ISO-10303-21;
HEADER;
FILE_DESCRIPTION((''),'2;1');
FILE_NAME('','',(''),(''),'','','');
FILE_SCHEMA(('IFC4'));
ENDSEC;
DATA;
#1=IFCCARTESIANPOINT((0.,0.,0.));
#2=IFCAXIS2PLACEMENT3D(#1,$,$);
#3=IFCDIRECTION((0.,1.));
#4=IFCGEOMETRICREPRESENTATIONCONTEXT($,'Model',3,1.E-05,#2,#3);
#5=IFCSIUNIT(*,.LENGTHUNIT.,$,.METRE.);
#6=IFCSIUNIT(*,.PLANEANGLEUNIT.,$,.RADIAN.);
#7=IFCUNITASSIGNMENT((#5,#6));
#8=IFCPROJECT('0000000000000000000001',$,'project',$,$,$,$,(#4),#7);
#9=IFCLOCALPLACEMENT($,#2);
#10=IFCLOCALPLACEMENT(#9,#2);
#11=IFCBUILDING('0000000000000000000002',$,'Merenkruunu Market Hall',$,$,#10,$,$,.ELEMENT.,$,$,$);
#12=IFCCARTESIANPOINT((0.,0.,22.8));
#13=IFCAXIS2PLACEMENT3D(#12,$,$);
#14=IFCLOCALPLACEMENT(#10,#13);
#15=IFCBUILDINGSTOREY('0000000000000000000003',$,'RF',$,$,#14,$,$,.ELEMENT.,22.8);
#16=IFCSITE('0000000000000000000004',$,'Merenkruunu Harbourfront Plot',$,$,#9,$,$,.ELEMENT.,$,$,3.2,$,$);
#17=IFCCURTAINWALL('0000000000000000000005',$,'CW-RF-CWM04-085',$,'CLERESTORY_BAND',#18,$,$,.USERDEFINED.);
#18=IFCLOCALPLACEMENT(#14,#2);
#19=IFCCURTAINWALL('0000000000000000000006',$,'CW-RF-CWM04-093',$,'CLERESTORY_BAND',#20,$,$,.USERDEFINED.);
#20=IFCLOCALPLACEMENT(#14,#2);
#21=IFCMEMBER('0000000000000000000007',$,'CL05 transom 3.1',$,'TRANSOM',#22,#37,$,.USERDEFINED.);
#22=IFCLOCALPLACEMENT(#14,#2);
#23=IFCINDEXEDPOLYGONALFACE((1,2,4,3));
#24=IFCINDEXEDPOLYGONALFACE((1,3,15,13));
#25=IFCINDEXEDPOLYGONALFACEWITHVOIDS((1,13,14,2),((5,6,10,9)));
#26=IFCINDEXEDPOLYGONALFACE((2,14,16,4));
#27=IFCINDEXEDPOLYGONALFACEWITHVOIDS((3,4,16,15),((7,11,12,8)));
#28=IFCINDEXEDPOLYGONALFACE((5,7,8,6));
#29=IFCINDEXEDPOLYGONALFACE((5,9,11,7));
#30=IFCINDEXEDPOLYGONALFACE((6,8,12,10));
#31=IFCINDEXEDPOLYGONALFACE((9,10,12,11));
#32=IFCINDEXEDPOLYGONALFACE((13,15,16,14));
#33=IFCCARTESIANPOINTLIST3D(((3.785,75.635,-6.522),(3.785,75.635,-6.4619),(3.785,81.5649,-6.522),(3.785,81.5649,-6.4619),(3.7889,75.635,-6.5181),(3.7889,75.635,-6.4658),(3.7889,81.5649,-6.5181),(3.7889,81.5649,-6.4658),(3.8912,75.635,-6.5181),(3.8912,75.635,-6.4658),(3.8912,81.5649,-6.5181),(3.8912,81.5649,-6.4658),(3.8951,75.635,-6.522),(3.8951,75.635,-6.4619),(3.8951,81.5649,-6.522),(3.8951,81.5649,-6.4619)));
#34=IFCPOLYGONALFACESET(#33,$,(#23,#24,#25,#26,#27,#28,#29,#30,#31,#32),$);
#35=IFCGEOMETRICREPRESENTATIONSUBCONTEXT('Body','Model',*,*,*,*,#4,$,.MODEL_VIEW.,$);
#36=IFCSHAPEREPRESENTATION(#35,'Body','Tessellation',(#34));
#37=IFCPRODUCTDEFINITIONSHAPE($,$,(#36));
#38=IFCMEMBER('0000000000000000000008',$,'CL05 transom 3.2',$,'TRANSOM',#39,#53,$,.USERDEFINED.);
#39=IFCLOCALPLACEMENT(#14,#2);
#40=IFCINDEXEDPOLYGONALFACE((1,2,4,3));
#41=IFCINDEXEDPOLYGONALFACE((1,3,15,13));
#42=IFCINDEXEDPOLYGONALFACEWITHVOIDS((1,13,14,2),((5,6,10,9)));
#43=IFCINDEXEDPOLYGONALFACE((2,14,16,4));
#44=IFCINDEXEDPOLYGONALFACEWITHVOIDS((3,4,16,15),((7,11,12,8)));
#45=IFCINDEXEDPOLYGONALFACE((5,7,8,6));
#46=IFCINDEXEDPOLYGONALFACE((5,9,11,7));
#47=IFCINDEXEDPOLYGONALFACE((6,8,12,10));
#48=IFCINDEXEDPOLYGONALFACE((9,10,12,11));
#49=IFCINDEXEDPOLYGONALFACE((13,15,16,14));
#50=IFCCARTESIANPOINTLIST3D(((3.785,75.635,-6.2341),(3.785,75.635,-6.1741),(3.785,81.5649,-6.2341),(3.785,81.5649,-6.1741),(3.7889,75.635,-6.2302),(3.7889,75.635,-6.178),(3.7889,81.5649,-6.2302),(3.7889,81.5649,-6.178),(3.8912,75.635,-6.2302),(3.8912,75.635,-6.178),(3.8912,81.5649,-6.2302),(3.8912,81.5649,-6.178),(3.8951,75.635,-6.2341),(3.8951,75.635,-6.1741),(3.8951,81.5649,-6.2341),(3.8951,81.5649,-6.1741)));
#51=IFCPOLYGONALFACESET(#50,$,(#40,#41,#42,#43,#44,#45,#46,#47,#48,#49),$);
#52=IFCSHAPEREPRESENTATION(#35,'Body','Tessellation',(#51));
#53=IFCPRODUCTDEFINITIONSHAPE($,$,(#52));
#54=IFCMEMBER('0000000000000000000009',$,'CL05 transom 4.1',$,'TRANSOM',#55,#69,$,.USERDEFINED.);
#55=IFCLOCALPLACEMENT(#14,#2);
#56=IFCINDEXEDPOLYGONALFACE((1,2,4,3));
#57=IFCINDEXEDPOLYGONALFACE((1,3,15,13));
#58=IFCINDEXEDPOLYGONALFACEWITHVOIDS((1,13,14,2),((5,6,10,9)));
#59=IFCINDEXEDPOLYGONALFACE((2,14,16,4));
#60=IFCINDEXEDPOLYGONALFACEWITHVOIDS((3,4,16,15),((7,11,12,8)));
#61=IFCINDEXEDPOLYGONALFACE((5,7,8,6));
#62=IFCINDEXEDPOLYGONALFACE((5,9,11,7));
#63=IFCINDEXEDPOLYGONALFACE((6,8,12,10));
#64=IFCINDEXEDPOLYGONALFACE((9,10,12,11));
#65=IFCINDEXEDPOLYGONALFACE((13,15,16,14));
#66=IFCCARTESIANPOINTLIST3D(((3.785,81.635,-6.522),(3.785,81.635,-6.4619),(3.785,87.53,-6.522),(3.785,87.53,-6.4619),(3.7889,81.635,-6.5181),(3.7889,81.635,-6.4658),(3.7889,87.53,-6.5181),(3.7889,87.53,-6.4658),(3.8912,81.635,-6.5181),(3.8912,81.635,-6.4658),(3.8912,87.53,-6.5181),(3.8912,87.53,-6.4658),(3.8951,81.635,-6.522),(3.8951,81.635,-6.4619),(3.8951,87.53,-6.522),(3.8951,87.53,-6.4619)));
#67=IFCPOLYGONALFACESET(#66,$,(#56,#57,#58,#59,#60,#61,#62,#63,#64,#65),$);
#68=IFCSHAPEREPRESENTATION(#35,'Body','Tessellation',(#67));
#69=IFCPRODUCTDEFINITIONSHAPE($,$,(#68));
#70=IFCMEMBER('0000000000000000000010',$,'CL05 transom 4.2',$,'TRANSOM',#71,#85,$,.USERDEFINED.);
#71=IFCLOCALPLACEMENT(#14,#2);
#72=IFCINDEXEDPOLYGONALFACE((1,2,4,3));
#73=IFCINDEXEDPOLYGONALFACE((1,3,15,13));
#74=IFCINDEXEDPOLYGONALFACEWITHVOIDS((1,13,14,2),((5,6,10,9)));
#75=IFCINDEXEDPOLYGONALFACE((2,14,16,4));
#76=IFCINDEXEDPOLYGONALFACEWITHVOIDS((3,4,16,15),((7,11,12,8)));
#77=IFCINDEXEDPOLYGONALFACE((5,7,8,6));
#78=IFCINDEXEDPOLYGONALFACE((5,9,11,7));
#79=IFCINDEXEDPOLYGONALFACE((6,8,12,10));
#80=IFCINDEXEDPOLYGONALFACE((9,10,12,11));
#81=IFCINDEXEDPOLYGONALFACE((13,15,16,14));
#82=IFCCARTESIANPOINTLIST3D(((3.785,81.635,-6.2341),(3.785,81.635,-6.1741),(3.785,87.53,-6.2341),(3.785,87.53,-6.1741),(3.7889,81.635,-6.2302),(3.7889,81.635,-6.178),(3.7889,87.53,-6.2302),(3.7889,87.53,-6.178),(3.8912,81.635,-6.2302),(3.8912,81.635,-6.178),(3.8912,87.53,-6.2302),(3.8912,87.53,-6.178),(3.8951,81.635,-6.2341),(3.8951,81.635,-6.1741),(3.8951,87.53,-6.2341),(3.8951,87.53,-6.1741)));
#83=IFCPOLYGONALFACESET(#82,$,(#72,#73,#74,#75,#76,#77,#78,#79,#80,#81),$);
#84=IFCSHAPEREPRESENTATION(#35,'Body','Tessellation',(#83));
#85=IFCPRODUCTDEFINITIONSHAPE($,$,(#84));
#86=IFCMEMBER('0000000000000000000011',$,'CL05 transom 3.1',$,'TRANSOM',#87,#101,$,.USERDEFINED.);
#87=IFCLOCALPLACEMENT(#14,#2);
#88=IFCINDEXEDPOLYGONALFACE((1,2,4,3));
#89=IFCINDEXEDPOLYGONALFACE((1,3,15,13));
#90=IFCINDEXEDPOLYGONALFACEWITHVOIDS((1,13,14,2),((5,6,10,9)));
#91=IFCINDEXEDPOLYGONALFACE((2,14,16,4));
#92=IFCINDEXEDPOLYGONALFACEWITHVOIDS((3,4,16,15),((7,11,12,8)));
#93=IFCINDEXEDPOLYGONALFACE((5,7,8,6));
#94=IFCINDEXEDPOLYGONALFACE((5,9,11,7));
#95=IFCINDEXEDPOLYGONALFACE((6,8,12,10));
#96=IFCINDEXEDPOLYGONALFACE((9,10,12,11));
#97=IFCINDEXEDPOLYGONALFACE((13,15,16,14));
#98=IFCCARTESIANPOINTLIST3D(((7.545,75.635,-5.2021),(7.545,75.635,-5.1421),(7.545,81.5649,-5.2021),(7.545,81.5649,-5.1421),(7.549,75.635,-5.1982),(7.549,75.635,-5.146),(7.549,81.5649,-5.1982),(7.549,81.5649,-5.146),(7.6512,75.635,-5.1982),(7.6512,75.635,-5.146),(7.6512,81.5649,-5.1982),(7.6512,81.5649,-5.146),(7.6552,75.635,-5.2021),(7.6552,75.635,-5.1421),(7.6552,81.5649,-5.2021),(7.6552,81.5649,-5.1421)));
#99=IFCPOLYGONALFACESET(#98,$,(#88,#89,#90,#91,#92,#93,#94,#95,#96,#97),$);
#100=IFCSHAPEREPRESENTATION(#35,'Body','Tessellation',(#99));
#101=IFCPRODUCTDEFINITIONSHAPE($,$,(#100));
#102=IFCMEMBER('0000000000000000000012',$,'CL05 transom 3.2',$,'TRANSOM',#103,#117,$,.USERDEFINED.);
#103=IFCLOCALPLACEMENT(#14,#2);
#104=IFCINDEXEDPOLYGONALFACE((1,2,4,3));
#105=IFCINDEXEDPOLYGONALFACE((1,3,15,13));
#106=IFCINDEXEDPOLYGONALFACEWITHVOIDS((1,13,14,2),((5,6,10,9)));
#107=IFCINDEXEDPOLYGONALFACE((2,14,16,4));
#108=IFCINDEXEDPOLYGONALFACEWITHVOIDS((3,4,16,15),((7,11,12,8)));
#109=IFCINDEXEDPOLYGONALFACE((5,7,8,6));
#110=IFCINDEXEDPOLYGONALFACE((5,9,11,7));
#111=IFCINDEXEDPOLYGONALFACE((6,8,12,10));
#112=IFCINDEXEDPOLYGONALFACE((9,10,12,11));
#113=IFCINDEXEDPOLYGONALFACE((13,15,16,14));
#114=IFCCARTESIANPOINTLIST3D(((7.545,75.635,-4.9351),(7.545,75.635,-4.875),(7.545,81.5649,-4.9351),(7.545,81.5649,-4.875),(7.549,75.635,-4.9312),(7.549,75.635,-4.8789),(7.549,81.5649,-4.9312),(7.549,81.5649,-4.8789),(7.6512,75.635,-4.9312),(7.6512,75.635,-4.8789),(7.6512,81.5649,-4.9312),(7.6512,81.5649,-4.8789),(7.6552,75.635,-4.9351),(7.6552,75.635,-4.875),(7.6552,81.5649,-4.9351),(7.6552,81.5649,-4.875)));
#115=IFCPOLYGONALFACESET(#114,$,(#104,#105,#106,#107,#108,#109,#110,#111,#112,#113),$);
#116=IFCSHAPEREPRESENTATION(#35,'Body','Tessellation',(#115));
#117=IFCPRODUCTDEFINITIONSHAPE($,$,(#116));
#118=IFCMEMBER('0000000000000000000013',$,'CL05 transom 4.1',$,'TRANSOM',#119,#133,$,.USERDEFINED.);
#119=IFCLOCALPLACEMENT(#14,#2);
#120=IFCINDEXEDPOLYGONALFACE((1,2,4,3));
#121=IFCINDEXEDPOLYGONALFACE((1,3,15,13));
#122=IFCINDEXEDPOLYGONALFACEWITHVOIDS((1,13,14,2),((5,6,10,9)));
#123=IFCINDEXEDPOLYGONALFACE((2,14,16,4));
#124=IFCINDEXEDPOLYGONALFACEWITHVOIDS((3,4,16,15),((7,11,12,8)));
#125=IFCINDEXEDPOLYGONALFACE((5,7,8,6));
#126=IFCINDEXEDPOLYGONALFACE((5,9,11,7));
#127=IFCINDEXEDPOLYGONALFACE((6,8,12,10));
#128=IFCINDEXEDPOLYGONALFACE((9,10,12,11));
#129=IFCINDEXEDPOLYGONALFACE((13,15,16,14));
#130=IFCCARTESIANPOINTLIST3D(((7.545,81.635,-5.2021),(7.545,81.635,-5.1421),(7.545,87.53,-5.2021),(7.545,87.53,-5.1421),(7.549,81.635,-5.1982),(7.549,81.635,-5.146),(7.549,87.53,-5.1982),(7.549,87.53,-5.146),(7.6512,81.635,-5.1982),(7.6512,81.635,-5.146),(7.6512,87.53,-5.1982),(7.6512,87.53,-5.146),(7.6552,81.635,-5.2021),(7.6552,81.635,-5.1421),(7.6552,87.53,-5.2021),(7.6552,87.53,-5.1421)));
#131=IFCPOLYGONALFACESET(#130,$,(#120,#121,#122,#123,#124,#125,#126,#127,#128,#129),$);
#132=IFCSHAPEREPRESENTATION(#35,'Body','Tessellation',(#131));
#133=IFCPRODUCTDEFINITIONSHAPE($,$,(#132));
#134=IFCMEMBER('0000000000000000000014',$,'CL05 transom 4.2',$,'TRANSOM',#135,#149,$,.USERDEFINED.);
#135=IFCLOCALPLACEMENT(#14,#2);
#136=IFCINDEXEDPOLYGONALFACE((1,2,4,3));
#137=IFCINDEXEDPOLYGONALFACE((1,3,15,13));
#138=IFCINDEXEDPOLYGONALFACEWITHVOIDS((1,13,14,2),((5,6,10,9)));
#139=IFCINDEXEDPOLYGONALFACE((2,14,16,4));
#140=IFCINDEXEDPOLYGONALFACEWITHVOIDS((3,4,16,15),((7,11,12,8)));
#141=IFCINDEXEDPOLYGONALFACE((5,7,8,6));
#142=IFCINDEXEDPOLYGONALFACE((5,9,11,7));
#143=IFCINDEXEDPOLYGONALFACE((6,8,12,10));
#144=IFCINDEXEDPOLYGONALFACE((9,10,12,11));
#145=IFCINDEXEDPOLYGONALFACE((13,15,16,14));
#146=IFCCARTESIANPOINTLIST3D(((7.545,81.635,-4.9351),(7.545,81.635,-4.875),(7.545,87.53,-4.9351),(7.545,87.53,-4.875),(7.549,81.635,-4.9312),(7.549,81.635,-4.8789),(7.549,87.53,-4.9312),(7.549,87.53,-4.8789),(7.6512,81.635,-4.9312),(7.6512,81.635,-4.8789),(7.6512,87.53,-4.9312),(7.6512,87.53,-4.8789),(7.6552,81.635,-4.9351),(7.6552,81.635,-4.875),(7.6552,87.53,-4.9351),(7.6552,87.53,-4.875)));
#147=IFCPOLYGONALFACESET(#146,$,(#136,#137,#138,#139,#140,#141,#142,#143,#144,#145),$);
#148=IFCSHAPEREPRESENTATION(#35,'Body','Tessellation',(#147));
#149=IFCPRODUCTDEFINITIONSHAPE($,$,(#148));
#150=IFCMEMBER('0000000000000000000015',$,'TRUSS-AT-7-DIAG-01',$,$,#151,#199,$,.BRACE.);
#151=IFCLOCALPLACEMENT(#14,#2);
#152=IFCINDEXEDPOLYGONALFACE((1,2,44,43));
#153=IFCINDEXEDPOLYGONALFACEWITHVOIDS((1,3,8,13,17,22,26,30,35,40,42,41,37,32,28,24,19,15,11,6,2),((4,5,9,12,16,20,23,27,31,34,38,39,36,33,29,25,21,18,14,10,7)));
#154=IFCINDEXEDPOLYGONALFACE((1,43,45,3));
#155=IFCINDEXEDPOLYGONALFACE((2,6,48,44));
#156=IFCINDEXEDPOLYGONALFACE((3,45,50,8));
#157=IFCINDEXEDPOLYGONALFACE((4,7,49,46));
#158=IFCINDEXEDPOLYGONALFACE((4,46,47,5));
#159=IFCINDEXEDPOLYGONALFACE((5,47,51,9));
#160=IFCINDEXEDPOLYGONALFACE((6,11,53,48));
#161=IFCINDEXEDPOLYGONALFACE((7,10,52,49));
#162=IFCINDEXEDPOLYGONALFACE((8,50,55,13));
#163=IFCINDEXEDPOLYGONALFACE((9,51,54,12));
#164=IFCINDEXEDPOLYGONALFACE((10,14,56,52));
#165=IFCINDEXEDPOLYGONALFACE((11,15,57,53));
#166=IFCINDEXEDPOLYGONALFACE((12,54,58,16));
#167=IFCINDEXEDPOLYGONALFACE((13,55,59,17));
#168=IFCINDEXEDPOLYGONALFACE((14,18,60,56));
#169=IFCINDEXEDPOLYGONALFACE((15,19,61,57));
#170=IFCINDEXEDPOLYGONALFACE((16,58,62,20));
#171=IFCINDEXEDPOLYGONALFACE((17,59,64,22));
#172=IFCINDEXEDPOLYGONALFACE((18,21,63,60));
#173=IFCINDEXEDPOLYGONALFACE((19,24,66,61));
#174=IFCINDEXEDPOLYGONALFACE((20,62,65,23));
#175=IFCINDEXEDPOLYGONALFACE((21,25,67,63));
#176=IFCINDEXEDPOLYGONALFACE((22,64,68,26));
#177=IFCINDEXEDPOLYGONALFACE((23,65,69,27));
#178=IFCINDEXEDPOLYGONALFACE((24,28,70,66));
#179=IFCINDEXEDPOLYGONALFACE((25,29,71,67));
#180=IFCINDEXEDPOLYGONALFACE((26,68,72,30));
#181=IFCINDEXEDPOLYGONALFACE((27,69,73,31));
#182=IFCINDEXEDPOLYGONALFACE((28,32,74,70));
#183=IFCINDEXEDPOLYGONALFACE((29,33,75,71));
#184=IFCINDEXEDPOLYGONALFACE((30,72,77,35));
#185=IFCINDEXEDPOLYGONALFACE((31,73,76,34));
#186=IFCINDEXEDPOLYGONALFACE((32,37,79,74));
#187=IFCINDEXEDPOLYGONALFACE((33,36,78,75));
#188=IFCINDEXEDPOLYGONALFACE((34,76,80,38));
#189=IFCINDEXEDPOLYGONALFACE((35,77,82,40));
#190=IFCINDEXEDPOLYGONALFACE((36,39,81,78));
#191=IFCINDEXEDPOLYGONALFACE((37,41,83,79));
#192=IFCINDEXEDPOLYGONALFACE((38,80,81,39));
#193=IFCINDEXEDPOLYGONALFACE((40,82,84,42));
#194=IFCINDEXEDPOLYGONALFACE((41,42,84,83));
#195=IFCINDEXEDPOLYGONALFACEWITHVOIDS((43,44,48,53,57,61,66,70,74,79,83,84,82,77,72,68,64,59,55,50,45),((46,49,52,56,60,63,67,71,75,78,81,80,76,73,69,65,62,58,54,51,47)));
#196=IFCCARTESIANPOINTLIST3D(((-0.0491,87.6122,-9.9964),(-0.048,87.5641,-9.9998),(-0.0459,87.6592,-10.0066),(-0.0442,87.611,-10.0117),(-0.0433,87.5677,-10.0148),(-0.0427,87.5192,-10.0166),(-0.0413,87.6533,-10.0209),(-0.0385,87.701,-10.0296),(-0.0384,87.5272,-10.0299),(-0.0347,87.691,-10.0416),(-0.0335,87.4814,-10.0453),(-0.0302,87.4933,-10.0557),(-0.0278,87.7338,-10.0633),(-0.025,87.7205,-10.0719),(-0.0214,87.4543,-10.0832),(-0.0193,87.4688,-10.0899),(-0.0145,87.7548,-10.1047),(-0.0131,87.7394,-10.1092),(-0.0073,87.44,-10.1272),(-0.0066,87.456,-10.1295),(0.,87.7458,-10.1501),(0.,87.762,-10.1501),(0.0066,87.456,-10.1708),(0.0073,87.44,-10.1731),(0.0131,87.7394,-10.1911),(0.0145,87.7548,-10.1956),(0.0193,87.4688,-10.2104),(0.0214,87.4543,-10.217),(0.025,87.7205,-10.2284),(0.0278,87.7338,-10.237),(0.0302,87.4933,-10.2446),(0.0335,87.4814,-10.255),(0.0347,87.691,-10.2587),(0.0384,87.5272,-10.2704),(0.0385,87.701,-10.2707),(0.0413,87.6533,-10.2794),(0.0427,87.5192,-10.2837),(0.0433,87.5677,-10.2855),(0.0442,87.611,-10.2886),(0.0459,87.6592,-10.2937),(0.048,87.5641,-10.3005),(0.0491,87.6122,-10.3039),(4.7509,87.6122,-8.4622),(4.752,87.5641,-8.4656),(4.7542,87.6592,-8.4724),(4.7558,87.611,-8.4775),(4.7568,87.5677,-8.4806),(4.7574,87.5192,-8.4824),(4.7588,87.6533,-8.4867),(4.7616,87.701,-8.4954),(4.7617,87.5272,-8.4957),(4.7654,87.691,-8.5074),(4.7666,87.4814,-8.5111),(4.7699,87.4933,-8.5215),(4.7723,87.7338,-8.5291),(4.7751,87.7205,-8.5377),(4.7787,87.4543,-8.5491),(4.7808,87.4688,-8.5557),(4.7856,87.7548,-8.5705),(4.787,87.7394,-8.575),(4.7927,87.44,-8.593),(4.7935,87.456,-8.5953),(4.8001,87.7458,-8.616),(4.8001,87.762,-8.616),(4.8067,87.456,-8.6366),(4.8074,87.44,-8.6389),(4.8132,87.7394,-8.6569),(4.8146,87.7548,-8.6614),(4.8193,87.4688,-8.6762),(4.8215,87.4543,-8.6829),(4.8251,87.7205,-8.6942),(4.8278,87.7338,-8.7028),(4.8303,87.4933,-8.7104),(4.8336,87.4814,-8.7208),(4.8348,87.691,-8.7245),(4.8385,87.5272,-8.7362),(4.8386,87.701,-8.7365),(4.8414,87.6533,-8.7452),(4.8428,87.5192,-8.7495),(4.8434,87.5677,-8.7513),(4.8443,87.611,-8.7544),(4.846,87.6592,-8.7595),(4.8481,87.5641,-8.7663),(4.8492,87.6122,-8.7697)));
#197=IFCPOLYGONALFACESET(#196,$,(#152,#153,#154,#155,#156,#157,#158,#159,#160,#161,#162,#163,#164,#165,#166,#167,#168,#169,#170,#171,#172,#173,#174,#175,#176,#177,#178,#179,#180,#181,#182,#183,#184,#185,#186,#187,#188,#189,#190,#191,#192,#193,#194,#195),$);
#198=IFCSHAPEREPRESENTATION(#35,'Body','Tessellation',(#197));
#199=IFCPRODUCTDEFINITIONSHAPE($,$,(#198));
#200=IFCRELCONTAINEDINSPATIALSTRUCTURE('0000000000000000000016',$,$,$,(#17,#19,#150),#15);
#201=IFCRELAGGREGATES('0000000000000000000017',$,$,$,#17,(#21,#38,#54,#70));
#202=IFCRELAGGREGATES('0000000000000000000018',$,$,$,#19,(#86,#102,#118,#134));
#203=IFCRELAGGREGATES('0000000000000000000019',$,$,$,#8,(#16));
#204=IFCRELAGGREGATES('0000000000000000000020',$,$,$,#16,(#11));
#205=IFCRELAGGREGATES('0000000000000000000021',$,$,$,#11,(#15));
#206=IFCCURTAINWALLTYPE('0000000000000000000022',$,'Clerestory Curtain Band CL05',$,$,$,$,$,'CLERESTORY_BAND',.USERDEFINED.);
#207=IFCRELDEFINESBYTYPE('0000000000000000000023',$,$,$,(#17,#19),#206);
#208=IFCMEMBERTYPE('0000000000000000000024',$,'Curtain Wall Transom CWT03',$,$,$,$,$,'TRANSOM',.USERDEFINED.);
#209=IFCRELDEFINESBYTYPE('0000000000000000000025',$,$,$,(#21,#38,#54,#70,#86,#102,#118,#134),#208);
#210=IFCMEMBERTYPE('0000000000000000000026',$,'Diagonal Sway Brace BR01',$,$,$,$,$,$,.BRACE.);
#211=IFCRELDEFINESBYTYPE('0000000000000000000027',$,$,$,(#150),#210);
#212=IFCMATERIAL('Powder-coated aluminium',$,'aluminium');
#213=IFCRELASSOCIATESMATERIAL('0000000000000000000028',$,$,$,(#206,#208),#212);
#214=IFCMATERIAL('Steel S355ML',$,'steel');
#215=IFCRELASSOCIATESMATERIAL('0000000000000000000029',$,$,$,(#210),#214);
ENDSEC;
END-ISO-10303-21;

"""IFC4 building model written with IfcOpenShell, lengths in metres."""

from ifc_helpers import new_model, si_unit, direction, frame, origin, origin_2d, place, context, subcontext, project, spatial, hollow_rectangle, hollow_circle, extrude, material, material_profile, profile_set, type_object, element, aggregate, save


model = new_model("IFC4")

# Units and contexts
model_context = context("Model", 3, precision=1e-05, world=origin(), true_north=direction((0.0, 1.0)))
body_context = subcontext(model_context, "Body", "Model", "MODEL_VIEW")
ifc_project = project(units=[si_unit("LENGTHUNIT", "METRE"), si_unit("PLANEANGLEUNIT", "RADIAN")], contexts=[model_context])

# Site, building, storey
site_placement = place(None, origin())
site = spatial("IfcSite", under=ifc_project, at=site_placement, Name="Merenkruunu Harbourfront Plot", CompositionType="ELEMENT", RefElevation=3.2)
building_placement = place(site_placement, origin())
building = spatial("IfcBuilding", under=site, at=building_placement, Name="Merenkruunu Market Hall", CompositionType="ELEMENT")
storey_placement = place(building_placement, frame((0.0, 0.0, 22.8)))
storey = spatial("IfcBuildingStorey", under=building, at=storey_placement, Name="RF", CompositionType="ELEMENT", Elevation=22.8)

# Shared definitions
ifc_material_1 = material(Name="Steel S355ML", Category="steel")

# Curtain walls
ifc_material_2 = material(Name="Powder-coated aluminium", Category="aluminium")
curtain_wall_type = type_object("IfcCurtainWallType", Name="Clerestory Curtain Band CL05", ElementType="CLERESTORY_BAND", PredefinedType="USERDEFINED", material=ifc_material_2)
curtain_wall_1_placement = place(storey_placement, origin())
curtain_wall_1 = element("IfcCurtainWall", 1, at=curtain_wall_1_placement, inside=storey, type_object=curtain_wall_type, Name="CW-RF-CWM04-085", ObjectType="CLERESTORY_BAND", PredefinedType="USERDEFINED")
curtain_wall_2_placement = place(storey_placement, origin())
curtain_wall_2 = element("IfcCurtainWall", 2, at=curtain_wall_2_placement, inside=storey, type_object=curtain_wall_type, Name="CW-RF-CWM04-093", ObjectType="CLERESTORY_BAND", PredefinedType="USERDEFINED")

# Members
ifc_material_profile_1 = material_profile(ifc_material_2, hollow_rectangle(XDim=0.0601, YDim=0.1101, WallThickness=0.0039, at=origin_2d()), Name="ALU 60x110x4")
ifc_profile_set_1 = profile_set([ifc_material_profile_1], Name="Powder-coated aluminium")
member_type_1 = type_object("IfcMemberType", Name="Curtain Wall Transom CWT03", ElementType="TRANSOM", PredefinedType="USERDEFINED", material=ifc_profile_set_1)
member_1_placement = place(storey_placement, frame((3.8401, 75.635, -6.4919), z_axis=(0.0, 1.0, 0.0), x_axis=(0.0, 0.0, 1.0)))
member_1 = element("IfcMember", 3, at=member_1_placement, type_object=member_type_1, Name="CL05 transom 3.1", ObjectType="TRANSOM", PredefinedType="USERDEFINED", context=body_context, shape_type="SweptSolid", body=[
    extrude(hollow_rectangle(XDim=0.0601, YDim=0.1101, WallThickness=0.0039, at=origin_2d()), origin(), (0.0, 0.0, 1.0), 5.9299),
])
member_2_placement = place(storey_placement, frame((3.8401, 75.635, -6.2041), z_axis=(0.0, 1.0, 0.0), x_axis=(0.0, 0.0, 1.0)))
member_2 = element("IfcMember", 4, at=member_2_placement, type_object=member_type_1, Name="CL05 transom 3.2", ObjectType="TRANSOM", PredefinedType="USERDEFINED", context=body_context, shape_type="SweptSolid", body=[
    extrude(hollow_rectangle(XDim=0.0601, YDim=0.1101, WallThickness=0.0039, at=origin_2d()), origin(), (0.0, 0.0, 1.0), 5.9299),
])
member_3_placement = place(storey_placement, frame((3.8401, 81.635, -6.4919), z_axis=(0.0, 1.0, 0.0), x_axis=(0.0, 0.0, 1.0)))
member_3 = element("IfcMember", 5, at=member_3_placement, type_object=member_type_1, Name="CL05 transom 4.1", ObjectType="TRANSOM", PredefinedType="USERDEFINED", context=body_context, shape_type="SweptSolid", body=[
    extrude(hollow_rectangle(XDim=0.0601, YDim=0.1101, WallThickness=0.0039, at=origin_2d()), origin(), (0.0, 0.0, 1.0), 5.895),
])
member_4_placement = place(storey_placement, frame((3.8401, 81.635, -6.2041), z_axis=(0.0, 1.0, 0.0), x_axis=(0.0, 0.0, 1.0)))
member_4 = element("IfcMember", 6, at=member_4_placement, type_object=member_type_1, Name="CL05 transom 4.2", ObjectType="TRANSOM", PredefinedType="USERDEFINED", context=body_context, shape_type="SweptSolid", body=[
    extrude(hollow_rectangle(XDim=0.0601, YDim=0.1101, WallThickness=0.0039, at=origin_2d()), origin(), (0.0, 0.0, 1.0), 5.895),
])
member_5_placement = place(storey_placement, frame((7.6001, 75.635, -5.1721), z_axis=(0.0, 1.0, 0.0), x_axis=(0.0, 0.0, 1.0)))
member_5 = element("IfcMember", 7, at=member_5_placement, type_object=member_type_1, Name="CL05 transom 3.1", ObjectType="TRANSOM", PredefinedType="USERDEFINED", context=body_context, shape_type="SweptSolid", body=[
    extrude(hollow_rectangle(XDim=0.0601, YDim=0.1101, WallThickness=0.0039, at=origin_2d()), origin(), (0.0, 0.0, 1.0), 5.9299),
])
member_6_placement = place(storey_placement, frame((7.6001, 75.635, -4.905), z_axis=(0.0, 1.0, 0.0), x_axis=(0.0, 0.0, 1.0)))
member_6 = element("IfcMember", 8, at=member_6_placement, type_object=member_type_1, Name="CL05 transom 3.2", ObjectType="TRANSOM", PredefinedType="USERDEFINED", context=body_context, shape_type="SweptSolid", body=[
    extrude(hollow_rectangle(XDim=0.0601, YDim=0.1101, WallThickness=0.0039, at=origin_2d()), origin(), (0.0, 0.0, 1.0), 5.9299),
])
member_7_placement = place(storey_placement, frame((7.6001, 81.635, -5.1721), z_axis=(0.0, 1.0, 0.0), x_axis=(0.0, 0.0, 1.0)))
member_7 = element("IfcMember", 9, at=member_7_placement, type_object=member_type_1, Name="CL05 transom 4.1", ObjectType="TRANSOM", PredefinedType="USERDEFINED", context=body_context, shape_type="SweptSolid", body=[
    extrude(hollow_rectangle(XDim=0.0601, YDim=0.1101, WallThickness=0.0039, at=origin_2d()), origin(), (0.0, 0.0, 1.0), 5.895),
])
member_8_placement = place(storey_placement, frame((7.6001, 81.635, -4.905), z_axis=(0.0, 1.0, 0.0), x_axis=(0.0, 0.0, 1.0)))
member_8 = element("IfcMember", 10, at=member_8_placement, type_object=member_type_1, Name="CL05 transom 4.2", ObjectType="TRANSOM", PredefinedType="USERDEFINED", context=body_context, shape_type="SweptSolid", body=[
    extrude(hollow_rectangle(XDim=0.0601, YDim=0.1101, WallThickness=0.0039, at=origin_2d()), origin(), (0.0, 0.0, 1.0), 5.895),
])

# Member
ifc_material_profile_2 = material_profile(ifc_material_1, hollow_circle(Radius=0.1619, WallThickness=0.0161, at=origin_2d()), Name="CHS 323.9x16")
ifc_profile_set_2 = profile_set([ifc_material_profile_2], Name="Steel S355ML")
member_type_2 = type_object("IfcMemberType", Name="Diagonal Sway Brace BR01", PredefinedType="BRACE", material=ifc_profile_set_2)
member_9_placement = place(storey_placement, frame((0.0, 87.6001, -10.1501), z_axis=(0.95253, 0.0, 0.304445), x_axis=(0.0, 1.0, 0.0)))
element("IfcMember", 11, at=member_9_placement, inside=storey, type_object=member_type_2, Name="TRUSS-AT-7-DIAG-01", PredefinedType="BRACE", context=body_context, shape_type="SweptSolid", body=[
    extrude(hollow_circle(Radius=0.1619, WallThickness=0.0161, at=origin_2d()), origin(), (0.0, 0.0, 1.0), 5.0393),
])

aggregate(curtain_wall_1, [member_1, member_2, member_3, member_4])
aggregate(curtain_wall_2, [member_5, member_6, member_7, member_8])

save(model, "model.ifc")
